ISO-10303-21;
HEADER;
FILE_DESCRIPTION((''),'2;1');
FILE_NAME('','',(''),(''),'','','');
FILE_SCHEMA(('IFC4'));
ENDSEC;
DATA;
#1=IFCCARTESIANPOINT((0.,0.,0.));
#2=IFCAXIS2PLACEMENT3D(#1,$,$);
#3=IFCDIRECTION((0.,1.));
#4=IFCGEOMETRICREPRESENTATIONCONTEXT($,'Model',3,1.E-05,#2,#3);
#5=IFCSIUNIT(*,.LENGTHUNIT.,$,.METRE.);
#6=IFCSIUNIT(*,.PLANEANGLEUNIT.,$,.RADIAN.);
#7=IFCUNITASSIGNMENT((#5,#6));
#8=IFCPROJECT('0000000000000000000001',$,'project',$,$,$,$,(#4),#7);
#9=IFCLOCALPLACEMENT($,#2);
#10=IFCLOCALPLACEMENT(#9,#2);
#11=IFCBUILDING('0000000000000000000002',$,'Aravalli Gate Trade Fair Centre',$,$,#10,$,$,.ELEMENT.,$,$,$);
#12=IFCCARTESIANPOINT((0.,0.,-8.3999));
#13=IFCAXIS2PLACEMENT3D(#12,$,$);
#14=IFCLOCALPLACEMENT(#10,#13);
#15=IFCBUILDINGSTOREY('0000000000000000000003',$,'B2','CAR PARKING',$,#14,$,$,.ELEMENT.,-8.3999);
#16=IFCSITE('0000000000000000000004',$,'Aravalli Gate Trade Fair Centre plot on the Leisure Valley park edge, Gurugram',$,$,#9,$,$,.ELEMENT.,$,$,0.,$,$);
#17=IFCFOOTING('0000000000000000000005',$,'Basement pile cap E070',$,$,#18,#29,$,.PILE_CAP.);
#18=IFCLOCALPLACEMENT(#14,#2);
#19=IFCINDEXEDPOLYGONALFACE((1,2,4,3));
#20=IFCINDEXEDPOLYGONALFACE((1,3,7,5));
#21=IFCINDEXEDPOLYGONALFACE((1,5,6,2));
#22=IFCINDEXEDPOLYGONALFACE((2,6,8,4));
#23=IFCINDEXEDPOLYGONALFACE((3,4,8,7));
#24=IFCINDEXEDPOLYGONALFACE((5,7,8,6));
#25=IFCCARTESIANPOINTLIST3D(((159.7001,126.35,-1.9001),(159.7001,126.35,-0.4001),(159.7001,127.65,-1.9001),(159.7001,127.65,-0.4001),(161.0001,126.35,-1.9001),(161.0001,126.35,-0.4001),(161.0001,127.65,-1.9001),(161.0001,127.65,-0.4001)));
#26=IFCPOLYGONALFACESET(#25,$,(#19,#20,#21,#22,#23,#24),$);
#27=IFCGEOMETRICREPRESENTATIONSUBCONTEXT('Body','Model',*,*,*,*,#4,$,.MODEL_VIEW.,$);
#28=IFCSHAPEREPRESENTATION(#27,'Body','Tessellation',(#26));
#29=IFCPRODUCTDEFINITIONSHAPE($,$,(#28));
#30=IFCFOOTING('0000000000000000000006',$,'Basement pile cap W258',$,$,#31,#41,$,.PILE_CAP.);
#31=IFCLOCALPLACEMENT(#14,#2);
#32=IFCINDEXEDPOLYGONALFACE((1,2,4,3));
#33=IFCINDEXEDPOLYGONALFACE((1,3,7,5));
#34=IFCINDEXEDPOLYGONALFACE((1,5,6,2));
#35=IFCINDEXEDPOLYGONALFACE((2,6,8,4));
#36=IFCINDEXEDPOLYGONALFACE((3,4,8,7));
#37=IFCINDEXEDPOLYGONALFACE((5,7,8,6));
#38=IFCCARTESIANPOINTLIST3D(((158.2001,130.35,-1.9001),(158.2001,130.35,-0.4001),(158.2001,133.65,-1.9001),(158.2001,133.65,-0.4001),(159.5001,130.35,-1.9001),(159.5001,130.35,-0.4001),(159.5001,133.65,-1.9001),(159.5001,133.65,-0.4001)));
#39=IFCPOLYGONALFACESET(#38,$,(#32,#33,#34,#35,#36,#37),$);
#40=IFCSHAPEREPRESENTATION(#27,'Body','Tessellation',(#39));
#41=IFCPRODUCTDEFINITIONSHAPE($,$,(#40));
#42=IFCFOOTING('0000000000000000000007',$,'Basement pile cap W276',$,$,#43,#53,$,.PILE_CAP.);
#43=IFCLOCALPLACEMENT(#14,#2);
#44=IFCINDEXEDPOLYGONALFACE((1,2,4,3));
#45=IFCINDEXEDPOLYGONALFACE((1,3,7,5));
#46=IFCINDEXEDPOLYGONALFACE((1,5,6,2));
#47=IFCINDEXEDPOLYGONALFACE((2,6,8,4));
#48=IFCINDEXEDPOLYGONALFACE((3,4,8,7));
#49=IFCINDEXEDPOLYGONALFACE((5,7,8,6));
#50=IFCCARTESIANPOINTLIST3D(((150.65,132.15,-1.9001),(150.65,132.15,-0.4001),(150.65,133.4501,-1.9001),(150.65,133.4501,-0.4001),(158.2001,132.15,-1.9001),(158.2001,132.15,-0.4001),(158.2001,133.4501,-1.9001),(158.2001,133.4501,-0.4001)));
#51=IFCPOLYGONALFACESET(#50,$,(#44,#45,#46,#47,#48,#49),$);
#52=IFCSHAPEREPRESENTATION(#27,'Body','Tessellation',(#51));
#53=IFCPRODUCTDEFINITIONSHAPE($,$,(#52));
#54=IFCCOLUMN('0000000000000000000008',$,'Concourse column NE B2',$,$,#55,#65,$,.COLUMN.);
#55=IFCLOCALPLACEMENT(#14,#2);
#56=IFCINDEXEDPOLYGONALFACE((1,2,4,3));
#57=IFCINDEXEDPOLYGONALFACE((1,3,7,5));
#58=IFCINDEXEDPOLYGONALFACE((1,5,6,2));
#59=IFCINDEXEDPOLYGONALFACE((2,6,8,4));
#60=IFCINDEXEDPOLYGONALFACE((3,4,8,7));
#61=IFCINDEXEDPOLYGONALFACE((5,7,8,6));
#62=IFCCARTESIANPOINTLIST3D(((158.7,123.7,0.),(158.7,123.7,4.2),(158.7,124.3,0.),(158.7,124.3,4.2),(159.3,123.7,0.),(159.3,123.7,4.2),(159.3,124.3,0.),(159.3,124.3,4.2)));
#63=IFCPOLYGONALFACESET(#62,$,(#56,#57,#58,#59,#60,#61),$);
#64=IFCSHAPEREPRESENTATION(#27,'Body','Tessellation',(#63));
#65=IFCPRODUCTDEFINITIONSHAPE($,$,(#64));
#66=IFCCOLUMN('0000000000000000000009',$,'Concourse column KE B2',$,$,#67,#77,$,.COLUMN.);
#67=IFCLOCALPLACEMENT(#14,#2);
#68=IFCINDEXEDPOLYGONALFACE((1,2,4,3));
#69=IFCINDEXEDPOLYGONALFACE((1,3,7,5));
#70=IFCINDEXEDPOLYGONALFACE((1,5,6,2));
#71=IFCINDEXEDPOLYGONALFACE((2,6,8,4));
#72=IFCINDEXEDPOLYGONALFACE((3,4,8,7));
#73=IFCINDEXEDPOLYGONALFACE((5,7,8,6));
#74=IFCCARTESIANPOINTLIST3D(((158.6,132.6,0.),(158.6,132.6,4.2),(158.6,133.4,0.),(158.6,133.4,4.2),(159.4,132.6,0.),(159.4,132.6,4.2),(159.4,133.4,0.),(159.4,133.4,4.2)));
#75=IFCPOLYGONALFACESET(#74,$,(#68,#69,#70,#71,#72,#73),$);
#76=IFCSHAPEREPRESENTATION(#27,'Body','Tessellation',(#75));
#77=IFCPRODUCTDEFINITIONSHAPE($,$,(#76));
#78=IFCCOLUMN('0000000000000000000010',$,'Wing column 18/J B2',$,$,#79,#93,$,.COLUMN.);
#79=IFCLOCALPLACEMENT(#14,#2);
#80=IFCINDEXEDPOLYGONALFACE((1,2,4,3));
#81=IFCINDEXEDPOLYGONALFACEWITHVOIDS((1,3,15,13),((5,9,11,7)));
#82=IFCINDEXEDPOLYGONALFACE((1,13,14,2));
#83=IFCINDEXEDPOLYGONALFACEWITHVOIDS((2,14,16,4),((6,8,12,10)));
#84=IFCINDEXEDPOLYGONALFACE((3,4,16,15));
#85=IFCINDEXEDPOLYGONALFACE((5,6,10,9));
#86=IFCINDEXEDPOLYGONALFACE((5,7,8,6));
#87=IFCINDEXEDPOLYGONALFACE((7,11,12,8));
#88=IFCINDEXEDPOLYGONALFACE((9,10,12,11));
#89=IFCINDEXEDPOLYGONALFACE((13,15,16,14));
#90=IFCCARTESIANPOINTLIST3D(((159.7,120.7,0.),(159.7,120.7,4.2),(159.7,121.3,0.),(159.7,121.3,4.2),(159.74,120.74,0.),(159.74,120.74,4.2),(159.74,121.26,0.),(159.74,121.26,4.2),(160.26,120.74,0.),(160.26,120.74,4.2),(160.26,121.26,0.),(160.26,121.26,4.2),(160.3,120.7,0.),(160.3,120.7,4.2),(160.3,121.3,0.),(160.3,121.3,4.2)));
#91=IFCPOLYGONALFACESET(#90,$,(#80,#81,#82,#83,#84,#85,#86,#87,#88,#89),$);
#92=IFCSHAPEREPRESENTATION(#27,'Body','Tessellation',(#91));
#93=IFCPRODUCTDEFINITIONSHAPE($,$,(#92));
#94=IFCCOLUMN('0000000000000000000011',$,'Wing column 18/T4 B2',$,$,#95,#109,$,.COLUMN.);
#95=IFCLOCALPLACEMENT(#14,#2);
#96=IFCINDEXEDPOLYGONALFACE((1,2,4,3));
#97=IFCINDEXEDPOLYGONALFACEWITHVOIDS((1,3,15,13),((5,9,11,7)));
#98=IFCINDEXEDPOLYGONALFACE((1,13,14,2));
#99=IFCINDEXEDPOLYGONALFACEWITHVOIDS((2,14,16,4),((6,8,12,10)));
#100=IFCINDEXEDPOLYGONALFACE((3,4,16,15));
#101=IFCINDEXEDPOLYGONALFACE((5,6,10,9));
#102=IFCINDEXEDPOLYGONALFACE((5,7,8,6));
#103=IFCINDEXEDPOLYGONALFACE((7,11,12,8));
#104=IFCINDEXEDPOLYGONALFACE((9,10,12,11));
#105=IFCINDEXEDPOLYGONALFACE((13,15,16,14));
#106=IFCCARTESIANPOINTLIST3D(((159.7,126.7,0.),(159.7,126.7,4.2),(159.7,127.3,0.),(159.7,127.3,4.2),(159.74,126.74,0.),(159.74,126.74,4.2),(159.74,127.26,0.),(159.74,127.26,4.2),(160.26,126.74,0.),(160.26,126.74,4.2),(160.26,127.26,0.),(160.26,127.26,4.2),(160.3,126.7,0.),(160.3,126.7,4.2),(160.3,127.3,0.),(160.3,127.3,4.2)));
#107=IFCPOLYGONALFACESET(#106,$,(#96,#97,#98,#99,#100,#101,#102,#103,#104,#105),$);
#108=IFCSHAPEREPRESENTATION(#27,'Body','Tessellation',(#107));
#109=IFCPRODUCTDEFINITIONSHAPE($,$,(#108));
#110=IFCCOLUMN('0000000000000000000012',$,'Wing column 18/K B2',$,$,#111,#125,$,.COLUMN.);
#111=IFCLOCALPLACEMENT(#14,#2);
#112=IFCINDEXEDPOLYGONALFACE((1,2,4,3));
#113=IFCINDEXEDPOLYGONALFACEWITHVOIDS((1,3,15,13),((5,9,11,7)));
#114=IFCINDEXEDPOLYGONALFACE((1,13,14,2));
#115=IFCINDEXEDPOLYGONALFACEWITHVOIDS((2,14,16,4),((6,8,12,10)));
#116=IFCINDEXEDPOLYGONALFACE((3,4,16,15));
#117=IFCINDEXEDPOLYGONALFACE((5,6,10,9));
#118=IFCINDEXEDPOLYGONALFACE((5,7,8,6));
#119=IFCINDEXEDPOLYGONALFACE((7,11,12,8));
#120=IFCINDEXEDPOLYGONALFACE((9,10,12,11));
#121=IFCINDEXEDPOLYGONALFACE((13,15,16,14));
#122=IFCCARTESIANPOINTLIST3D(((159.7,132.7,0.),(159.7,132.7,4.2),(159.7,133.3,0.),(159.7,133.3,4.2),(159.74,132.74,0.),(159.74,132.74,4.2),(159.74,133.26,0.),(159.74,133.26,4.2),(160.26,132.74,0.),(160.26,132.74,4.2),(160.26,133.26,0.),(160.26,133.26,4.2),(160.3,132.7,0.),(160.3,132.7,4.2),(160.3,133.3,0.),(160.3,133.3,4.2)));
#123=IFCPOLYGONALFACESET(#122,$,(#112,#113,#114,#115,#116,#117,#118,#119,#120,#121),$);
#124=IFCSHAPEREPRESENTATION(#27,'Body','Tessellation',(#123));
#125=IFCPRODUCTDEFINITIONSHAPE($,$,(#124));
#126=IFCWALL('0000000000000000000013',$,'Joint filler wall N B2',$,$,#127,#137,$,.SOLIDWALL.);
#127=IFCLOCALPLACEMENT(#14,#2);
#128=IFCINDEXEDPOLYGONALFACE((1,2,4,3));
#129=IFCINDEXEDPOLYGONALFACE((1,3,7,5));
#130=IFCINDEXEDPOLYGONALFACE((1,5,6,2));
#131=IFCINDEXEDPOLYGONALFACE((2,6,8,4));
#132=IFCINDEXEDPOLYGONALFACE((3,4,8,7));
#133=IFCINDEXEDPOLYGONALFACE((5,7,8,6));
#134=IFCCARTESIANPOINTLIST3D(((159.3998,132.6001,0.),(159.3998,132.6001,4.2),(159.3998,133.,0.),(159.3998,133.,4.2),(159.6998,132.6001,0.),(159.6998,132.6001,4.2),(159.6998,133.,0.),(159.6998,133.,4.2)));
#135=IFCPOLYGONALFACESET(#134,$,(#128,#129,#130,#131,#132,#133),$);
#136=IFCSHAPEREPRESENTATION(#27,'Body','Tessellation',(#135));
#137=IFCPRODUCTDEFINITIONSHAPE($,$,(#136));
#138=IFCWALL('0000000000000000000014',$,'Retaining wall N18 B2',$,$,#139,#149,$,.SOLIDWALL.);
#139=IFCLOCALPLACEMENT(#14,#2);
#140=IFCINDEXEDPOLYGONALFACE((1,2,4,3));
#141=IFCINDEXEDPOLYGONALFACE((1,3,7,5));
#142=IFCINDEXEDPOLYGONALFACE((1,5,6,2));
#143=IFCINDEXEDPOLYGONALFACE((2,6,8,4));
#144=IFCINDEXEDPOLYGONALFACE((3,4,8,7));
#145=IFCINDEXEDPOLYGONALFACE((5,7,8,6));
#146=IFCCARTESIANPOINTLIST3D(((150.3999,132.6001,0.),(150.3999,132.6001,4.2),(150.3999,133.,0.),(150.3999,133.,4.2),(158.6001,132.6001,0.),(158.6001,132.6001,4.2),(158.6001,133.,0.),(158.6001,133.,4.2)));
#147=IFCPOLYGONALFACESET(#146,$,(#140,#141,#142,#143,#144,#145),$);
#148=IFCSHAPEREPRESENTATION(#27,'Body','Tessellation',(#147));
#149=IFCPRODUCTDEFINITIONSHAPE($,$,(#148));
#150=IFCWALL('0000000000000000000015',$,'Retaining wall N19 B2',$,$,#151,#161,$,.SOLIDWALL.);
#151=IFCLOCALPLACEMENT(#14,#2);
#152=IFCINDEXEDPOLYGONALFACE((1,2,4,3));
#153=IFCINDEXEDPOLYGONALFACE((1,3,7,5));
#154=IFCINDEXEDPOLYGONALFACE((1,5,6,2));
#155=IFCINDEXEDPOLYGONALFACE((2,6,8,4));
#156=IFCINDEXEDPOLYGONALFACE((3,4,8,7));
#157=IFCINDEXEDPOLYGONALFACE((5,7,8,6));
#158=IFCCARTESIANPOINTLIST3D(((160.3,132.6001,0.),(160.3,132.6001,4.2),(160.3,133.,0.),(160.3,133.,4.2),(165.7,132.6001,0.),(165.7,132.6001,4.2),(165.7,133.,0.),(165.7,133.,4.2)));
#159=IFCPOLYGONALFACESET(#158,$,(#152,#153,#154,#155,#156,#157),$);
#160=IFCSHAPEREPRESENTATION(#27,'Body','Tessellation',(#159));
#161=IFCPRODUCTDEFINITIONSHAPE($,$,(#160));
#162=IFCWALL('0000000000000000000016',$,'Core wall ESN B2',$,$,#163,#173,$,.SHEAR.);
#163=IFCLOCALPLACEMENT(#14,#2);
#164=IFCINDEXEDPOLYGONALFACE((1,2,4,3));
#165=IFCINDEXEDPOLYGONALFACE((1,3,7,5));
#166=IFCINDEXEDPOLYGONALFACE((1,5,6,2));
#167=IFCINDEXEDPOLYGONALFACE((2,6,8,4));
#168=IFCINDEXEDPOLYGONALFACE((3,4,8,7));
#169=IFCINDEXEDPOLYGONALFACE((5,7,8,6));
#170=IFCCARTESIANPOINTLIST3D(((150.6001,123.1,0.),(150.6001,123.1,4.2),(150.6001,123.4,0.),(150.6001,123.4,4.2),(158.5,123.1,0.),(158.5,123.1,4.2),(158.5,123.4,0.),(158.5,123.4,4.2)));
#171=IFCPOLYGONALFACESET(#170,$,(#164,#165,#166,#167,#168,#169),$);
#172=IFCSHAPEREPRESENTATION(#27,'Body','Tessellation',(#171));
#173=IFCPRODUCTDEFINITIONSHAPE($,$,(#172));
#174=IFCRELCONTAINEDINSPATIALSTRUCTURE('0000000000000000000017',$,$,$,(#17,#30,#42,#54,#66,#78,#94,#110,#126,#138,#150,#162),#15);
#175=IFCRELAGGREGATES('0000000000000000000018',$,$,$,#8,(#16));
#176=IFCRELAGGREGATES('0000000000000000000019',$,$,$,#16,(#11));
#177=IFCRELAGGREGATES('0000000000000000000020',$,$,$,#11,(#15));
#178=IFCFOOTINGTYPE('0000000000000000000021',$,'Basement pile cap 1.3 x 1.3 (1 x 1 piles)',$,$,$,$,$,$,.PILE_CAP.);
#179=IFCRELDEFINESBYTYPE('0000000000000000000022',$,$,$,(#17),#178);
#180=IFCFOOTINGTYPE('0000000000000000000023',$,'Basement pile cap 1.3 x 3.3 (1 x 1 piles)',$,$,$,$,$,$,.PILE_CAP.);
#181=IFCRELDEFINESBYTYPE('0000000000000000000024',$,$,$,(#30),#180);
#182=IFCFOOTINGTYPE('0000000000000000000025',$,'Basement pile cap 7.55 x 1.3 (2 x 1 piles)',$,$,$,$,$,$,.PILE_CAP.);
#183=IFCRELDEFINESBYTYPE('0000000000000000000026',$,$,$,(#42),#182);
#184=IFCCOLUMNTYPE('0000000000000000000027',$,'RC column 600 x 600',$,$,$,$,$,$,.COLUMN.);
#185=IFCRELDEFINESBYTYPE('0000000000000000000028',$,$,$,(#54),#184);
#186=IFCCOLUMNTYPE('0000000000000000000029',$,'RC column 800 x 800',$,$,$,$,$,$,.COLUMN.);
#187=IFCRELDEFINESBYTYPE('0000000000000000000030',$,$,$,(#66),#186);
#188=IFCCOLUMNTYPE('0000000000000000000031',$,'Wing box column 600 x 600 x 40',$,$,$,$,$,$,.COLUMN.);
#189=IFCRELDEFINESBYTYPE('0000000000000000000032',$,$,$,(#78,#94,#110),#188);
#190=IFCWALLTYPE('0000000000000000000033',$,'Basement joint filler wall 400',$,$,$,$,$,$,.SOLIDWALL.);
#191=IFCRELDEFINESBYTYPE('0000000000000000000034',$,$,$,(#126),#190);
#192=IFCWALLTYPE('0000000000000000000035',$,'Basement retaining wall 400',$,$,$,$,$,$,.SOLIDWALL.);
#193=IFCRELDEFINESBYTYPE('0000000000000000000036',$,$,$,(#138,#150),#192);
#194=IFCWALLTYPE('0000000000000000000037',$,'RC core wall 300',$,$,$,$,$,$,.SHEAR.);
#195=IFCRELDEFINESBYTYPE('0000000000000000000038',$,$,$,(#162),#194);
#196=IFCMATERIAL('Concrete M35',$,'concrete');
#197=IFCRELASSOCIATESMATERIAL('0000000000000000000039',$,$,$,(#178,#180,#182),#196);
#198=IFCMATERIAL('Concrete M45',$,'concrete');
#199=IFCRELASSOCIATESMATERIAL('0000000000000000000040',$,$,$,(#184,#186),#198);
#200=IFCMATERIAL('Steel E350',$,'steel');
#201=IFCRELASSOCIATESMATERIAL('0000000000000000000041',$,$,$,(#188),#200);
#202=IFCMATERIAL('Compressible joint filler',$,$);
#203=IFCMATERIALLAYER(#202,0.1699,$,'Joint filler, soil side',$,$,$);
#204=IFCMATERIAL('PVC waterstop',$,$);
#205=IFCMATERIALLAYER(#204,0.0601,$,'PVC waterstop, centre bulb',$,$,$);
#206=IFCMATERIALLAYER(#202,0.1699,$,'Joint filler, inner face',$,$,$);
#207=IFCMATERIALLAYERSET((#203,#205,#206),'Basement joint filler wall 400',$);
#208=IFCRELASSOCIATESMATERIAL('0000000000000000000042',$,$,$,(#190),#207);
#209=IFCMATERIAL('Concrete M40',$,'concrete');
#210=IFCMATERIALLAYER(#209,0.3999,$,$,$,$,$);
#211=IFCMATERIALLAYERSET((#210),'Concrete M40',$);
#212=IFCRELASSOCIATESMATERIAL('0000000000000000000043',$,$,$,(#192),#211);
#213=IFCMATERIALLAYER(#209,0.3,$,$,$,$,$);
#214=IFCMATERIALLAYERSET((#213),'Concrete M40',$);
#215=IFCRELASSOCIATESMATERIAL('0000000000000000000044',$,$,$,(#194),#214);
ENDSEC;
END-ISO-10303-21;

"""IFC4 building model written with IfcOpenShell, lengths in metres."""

from ifc_helpers import new_model, si_unit, direction, frame, frame_2d, origin, origin_2d, place, context, subcontext, project, spatial, rectangle, hollow_rectangle, extrude, material, layer, layer_set, material_profile, profile_set, type_object, element, save


model = new_model("IFC4")

# Units and contexts
model_context = context("Model", 3, precision=1e-05, world=origin(), true_north=direction((0.0, 1.0)))
body_context = subcontext(model_context, "Body", "Model", "MODEL_VIEW")
ifc_project = project(units=[si_unit("LENGTHUNIT", "METRE"), si_unit("PLANEANGLEUNIT", "RADIAN")], contexts=[model_context])

# Site, building, storey
site_placement = place(None, origin())
site = spatial("IfcSite", under=ifc_project, at=site_placement, Name="Aravalli Gate Trade Fair Centre plot on the Leisure Valley park edge, Gurugram", CompositionType="ELEMENT", RefElevation=0.0)
building_placement = place(site_placement, origin())
building = spatial("IfcBuilding", under=site, at=building_placement, Name="Aravalli Gate Trade Fair Centre", CompositionType="ELEMENT")
storey_placement = place(building_placement, frame((0.0, 0.0, -8.3999)))
storey = spatial("IfcBuildingStorey", under=building, at=storey_placement, Name="B2", Description="CAR PARKING", CompositionType="ELEMENT", Elevation=-8.3999)

# Shared definitions
ifc_material_1 = material(Name="Concrete M35", Category="concrete")

# Footings
footing_type_1 = type_object("IfcFootingType", Name="Basement pile cap 1.3 x 1.3 (1 x 1 piles)", PredefinedType="PILE_CAP", material=ifc_material_1)
for number, where, z_axis, x_axis, name in (
    (1, (160.3501, 127.0, -1.9001), (0.0, 0.0, 1.0), (1.0, 0.0, 0.0), "Basement pile cap E070"),
):
    element("IfcFooting", number, at=place(storey_placement, frame(where, z_axis=z_axis, x_axis=x_axis)), inside=storey, type_object=footing_type_1, Name=name, PredefinedType="PILE_CAP", context=body_context, shape_type="SweptSolid", body=[
        extrude(rectangle(XDim=1.3, YDim=1.3, at=origin_2d()), origin(), (0.0, 0.0, 1.0), 1.5),
    ])
footing_type_2 = type_object("IfcFootingType", Name="Basement pile cap 1.3 x 3.3 (1 x 1 piles)", PredefinedType="PILE_CAP", material=ifc_material_1)
footing_1_placement = place(storey_placement, frame((158.8501, 132.0, -1.9001), z_axis=(0.0, 0.0, 1.0), x_axis=(1.0, 0.0, 0.0)))
element("IfcFooting", 2, at=footing_1_placement, inside=storey, type_object=footing_type_2, Name="Basement pile cap W258", PredefinedType="PILE_CAP", context=body_context, shape_type="SweptSolid", body=[
    extrude(rectangle(XDim=1.3, YDim=3.3, at=origin_2d()), origin(), (0.0, 0.0, 1.0), 1.5),
])
footing_type_3 = type_object("IfcFootingType", Name="Basement pile cap 7.55 x 1.3 (2 x 1 piles)", PredefinedType="PILE_CAP", material=ifc_material_1)
footing_2_placement = place(storey_placement, frame((154.425, 132.8, -1.9001), z_axis=(0.0, 0.0, 1.0), x_axis=(1.0, 0.0, 0.0)))
element("IfcFooting", 3, at=footing_2_placement, inside=storey, type_object=footing_type_3, Name="Basement pile cap W276", PredefinedType="PILE_CAP", context=body_context, shape_type="SweptSolid", body=[
    extrude(rectangle(XDim=7.55, YDim=1.3, at=origin_2d()), origin(), (0.0, 0.0, 1.0), 1.5),
])

# Columns
ifc_material_2 = material(Name="Concrete M45", Category="concrete")
ifc_material_profile_1 = material_profile(ifc_material_2, rectangle(XDim=0.6001, YDim=0.6001, at=origin_2d()), Name="RC column 600 x 600")
ifc_profile_set_1 = profile_set([ifc_material_profile_1], Name="Concrete M45")
column_type_1 = type_object("IfcColumnType", Name="RC column 600 x 600", PredefinedType="COLUMN", material=ifc_profile_set_1)
column_1_placement = place(storey_placement, frame((159.0, 124.0, 0.0), z_axis=(0.0, 0.0, 1.0), x_axis=(1.0, 0.0, 0.0)))
element("IfcColumn", 4, at=column_1_placement, inside=storey, type_object=column_type_1, Name="Concourse column NE B2", PredefinedType="COLUMN", context=body_context, shape_type="SweptSolid", body=[
    extrude(rectangle(XDim=0.6001, YDim=0.6001, at=origin_2d()), origin(), (0.0, 0.0, 1.0), 4.2),
])
ifc_material_profile_2 = material_profile(ifc_material_2, rectangle(XDim=0.8, YDim=0.8, at=origin_2d()), Name="RC column 800 x 800")
ifc_profile_set_2 = profile_set([ifc_material_profile_2], Name="Concrete M45")
column_type_2 = type_object("IfcColumnType", Name="RC column 800 x 800", PredefinedType="COLUMN", material=ifc_profile_set_2)
column_2_placement = place(storey_placement, frame((159.0, 133.0, 0.0), z_axis=(0.0, 0.0, 1.0), x_axis=(1.0, 0.0, 0.0)))
element("IfcColumn", 5, at=column_2_placement, inside=storey, type_object=column_type_2, Name="Concourse column KE B2", PredefinedType="COLUMN", context=body_context, shape_type="SweptSolid", body=[
    extrude(rectangle(XDim=0.8, YDim=0.8, at=origin_2d()), origin(), (0.0, 0.0, 1.0), 4.2),
])
ifc_material_3 = material(Name="Steel E350", Category="steel")
ifc_material_profile_3 = material_profile(ifc_material_3, hollow_rectangle(XDim=0.6001, YDim=0.6001, WallThickness=0.04, at=origin_2d()), Name="BOX 600x600x40")
ifc_profile_set_3 = profile_set([ifc_material_profile_3], Name="Steel E350")
column_type_3 = type_object("IfcColumnType", Name="Wing box column 600 x 600 x 40", PredefinedType="COLUMN", material=ifc_profile_set_3)
for number, where, z_axis, x_axis, name in (
    (6, (160.0, 121.0, 0.0), (0.0, 0.0, 1.0), (1.0, 0.0, 0.0), "Wing column 18/J B2"),
    (7, (160.0, 127.0, 0.0), (0.0, 0.0, 1.0), (1.0, 0.0, 0.0), "Wing column 18/T4 B2"),
    (8, (160.0, 133.0, 0.0), (0.0, 0.0, 1.0), (1.0, 0.0, 0.0), "Wing column 18/K B2"),
):
    element("IfcColumn", number, at=place(storey_placement, frame(where, z_axis=z_axis, x_axis=x_axis)), inside=storey, type_object=column_type_3, Name=name, PredefinedType="COLUMN", context=body_context, shape_type="SweptSolid", body=[
        extrude(hollow_rectangle(XDim=0.6001, YDim=0.6001, WallThickness=0.04, at=origin_2d()), origin(), (0.0, 0.0, 1.0), 4.2),
    ])

# Walls
ifc_material_4 = material(Name="Compressible joint filler")
ifc_layer_1 = layer(ifc_material_4, 0.1699, Name="Joint filler, soil side")
ifc_material_5 = material(Name="PVC waterstop")
ifc_layer_2 = layer(ifc_material_5, 0.0601, Name="PVC waterstop, centre bulb")
ifc_layer_3 = layer(ifc_material_4, 0.1699, Name="Joint filler, inner face")
ifc_layer_set_1 = layer_set([ifc_layer_1, ifc_layer_2, ifc_layer_3], Name="Basement joint filler wall 400")
wall_type_1 = type_object("IfcWallType", Name="Basement joint filler wall 400", PredefinedType="SOLIDWALL", material=ifc_layer_set_1)
wall_1_placement = place(storey_placement, frame((159.3999, 132.8, 0.0), z_axis=(0.0, 0.0, 1.0), x_axis=(1.0, 0.0, 0.0)))
element("IfcWall", 9, at=wall_1_placement, inside=storey, type_object=wall_type_1, Name="Joint filler wall N B2", PredefinedType="SOLIDWALL", context=body_context, shape_type="SweptSolid", body=[
    extrude(rectangle(XDim=0.3, YDim=0.3999, at=frame_2d((0.1499, 0.0))), origin(), (0.0, 0.0, 1.0), 4.2),
])
ifc_material_6 = material(Name="Concrete M40", Category="concrete")
ifc_layer_4 = layer(ifc_material_6, 0.3999)
ifc_layer_set_2 = layer_set([ifc_layer_4], Name="Concrete M40")
wall_type_2 = type_object("IfcWallType", Name="Basement retaining wall 400", PredefinedType="SOLIDWALL", material=ifc_layer_set_2)
wall_2_placement = place(storey_placement, frame((150.3999, 132.8, 0.0), z_axis=(0.0, 0.0, 1.0), x_axis=(1.0, 0.0, 0.0)))
element("IfcWall", 10, at=wall_2_placement, inside=storey, type_object=wall_type_2, Name="Retaining wall N18 B2", PredefinedType="SOLIDWALL", context=body_context, shape_type="SweptSolid", body=[
    extrude(rectangle(XDim=8.2002, YDim=0.3999, at=frame_2d((4.1001, 0.0))), origin(), (0.0, 0.0, 1.0), 4.2),
])
wall_3_placement = place(storey_placement, frame((160.3, 132.8, 0.0), z_axis=(0.0, 0.0, 1.0), x_axis=(1.0, 0.0, 0.0)))
element("IfcWall", 11, at=wall_3_placement, inside=storey, type_object=wall_type_2, Name="Retaining wall N19 B2", PredefinedType="SOLIDWALL", context=body_context, shape_type="SweptSolid", body=[
    extrude(rectangle(XDim=5.3999, YDim=0.3999, at=frame_2d((2.7, 0.0))), origin(), (0.0, 0.0, 1.0), 4.2),
])
ifc_layer_5 = layer(ifc_material_6, 0.3)
ifc_layer_set_3 = layer_set([ifc_layer_5], Name="Concrete M40")
wall_type_3 = type_object("IfcWallType", Name="RC core wall 300", PredefinedType="SHEAR", material=ifc_layer_set_3)
wall_4_placement = place(storey_placement, frame((150.6001, 123.25, 0.0), z_axis=(0.0, 0.0, 1.0), x_axis=(1.0, 0.0, 0.0)))
element("IfcWall", 12, at=wall_4_placement, inside=storey, type_object=wall_type_3, Name="Core wall ESN B2", PredefinedType="SHEAR", context=body_context, shape_type="SweptSolid", body=[
    extrude(rectangle(XDim=7.8999, YDim=0.3, at=frame_2d((3.95, 0.0))), origin(), (0.0, 0.0, 1.0), 4.2),
])

save(model, "model.ifc")
